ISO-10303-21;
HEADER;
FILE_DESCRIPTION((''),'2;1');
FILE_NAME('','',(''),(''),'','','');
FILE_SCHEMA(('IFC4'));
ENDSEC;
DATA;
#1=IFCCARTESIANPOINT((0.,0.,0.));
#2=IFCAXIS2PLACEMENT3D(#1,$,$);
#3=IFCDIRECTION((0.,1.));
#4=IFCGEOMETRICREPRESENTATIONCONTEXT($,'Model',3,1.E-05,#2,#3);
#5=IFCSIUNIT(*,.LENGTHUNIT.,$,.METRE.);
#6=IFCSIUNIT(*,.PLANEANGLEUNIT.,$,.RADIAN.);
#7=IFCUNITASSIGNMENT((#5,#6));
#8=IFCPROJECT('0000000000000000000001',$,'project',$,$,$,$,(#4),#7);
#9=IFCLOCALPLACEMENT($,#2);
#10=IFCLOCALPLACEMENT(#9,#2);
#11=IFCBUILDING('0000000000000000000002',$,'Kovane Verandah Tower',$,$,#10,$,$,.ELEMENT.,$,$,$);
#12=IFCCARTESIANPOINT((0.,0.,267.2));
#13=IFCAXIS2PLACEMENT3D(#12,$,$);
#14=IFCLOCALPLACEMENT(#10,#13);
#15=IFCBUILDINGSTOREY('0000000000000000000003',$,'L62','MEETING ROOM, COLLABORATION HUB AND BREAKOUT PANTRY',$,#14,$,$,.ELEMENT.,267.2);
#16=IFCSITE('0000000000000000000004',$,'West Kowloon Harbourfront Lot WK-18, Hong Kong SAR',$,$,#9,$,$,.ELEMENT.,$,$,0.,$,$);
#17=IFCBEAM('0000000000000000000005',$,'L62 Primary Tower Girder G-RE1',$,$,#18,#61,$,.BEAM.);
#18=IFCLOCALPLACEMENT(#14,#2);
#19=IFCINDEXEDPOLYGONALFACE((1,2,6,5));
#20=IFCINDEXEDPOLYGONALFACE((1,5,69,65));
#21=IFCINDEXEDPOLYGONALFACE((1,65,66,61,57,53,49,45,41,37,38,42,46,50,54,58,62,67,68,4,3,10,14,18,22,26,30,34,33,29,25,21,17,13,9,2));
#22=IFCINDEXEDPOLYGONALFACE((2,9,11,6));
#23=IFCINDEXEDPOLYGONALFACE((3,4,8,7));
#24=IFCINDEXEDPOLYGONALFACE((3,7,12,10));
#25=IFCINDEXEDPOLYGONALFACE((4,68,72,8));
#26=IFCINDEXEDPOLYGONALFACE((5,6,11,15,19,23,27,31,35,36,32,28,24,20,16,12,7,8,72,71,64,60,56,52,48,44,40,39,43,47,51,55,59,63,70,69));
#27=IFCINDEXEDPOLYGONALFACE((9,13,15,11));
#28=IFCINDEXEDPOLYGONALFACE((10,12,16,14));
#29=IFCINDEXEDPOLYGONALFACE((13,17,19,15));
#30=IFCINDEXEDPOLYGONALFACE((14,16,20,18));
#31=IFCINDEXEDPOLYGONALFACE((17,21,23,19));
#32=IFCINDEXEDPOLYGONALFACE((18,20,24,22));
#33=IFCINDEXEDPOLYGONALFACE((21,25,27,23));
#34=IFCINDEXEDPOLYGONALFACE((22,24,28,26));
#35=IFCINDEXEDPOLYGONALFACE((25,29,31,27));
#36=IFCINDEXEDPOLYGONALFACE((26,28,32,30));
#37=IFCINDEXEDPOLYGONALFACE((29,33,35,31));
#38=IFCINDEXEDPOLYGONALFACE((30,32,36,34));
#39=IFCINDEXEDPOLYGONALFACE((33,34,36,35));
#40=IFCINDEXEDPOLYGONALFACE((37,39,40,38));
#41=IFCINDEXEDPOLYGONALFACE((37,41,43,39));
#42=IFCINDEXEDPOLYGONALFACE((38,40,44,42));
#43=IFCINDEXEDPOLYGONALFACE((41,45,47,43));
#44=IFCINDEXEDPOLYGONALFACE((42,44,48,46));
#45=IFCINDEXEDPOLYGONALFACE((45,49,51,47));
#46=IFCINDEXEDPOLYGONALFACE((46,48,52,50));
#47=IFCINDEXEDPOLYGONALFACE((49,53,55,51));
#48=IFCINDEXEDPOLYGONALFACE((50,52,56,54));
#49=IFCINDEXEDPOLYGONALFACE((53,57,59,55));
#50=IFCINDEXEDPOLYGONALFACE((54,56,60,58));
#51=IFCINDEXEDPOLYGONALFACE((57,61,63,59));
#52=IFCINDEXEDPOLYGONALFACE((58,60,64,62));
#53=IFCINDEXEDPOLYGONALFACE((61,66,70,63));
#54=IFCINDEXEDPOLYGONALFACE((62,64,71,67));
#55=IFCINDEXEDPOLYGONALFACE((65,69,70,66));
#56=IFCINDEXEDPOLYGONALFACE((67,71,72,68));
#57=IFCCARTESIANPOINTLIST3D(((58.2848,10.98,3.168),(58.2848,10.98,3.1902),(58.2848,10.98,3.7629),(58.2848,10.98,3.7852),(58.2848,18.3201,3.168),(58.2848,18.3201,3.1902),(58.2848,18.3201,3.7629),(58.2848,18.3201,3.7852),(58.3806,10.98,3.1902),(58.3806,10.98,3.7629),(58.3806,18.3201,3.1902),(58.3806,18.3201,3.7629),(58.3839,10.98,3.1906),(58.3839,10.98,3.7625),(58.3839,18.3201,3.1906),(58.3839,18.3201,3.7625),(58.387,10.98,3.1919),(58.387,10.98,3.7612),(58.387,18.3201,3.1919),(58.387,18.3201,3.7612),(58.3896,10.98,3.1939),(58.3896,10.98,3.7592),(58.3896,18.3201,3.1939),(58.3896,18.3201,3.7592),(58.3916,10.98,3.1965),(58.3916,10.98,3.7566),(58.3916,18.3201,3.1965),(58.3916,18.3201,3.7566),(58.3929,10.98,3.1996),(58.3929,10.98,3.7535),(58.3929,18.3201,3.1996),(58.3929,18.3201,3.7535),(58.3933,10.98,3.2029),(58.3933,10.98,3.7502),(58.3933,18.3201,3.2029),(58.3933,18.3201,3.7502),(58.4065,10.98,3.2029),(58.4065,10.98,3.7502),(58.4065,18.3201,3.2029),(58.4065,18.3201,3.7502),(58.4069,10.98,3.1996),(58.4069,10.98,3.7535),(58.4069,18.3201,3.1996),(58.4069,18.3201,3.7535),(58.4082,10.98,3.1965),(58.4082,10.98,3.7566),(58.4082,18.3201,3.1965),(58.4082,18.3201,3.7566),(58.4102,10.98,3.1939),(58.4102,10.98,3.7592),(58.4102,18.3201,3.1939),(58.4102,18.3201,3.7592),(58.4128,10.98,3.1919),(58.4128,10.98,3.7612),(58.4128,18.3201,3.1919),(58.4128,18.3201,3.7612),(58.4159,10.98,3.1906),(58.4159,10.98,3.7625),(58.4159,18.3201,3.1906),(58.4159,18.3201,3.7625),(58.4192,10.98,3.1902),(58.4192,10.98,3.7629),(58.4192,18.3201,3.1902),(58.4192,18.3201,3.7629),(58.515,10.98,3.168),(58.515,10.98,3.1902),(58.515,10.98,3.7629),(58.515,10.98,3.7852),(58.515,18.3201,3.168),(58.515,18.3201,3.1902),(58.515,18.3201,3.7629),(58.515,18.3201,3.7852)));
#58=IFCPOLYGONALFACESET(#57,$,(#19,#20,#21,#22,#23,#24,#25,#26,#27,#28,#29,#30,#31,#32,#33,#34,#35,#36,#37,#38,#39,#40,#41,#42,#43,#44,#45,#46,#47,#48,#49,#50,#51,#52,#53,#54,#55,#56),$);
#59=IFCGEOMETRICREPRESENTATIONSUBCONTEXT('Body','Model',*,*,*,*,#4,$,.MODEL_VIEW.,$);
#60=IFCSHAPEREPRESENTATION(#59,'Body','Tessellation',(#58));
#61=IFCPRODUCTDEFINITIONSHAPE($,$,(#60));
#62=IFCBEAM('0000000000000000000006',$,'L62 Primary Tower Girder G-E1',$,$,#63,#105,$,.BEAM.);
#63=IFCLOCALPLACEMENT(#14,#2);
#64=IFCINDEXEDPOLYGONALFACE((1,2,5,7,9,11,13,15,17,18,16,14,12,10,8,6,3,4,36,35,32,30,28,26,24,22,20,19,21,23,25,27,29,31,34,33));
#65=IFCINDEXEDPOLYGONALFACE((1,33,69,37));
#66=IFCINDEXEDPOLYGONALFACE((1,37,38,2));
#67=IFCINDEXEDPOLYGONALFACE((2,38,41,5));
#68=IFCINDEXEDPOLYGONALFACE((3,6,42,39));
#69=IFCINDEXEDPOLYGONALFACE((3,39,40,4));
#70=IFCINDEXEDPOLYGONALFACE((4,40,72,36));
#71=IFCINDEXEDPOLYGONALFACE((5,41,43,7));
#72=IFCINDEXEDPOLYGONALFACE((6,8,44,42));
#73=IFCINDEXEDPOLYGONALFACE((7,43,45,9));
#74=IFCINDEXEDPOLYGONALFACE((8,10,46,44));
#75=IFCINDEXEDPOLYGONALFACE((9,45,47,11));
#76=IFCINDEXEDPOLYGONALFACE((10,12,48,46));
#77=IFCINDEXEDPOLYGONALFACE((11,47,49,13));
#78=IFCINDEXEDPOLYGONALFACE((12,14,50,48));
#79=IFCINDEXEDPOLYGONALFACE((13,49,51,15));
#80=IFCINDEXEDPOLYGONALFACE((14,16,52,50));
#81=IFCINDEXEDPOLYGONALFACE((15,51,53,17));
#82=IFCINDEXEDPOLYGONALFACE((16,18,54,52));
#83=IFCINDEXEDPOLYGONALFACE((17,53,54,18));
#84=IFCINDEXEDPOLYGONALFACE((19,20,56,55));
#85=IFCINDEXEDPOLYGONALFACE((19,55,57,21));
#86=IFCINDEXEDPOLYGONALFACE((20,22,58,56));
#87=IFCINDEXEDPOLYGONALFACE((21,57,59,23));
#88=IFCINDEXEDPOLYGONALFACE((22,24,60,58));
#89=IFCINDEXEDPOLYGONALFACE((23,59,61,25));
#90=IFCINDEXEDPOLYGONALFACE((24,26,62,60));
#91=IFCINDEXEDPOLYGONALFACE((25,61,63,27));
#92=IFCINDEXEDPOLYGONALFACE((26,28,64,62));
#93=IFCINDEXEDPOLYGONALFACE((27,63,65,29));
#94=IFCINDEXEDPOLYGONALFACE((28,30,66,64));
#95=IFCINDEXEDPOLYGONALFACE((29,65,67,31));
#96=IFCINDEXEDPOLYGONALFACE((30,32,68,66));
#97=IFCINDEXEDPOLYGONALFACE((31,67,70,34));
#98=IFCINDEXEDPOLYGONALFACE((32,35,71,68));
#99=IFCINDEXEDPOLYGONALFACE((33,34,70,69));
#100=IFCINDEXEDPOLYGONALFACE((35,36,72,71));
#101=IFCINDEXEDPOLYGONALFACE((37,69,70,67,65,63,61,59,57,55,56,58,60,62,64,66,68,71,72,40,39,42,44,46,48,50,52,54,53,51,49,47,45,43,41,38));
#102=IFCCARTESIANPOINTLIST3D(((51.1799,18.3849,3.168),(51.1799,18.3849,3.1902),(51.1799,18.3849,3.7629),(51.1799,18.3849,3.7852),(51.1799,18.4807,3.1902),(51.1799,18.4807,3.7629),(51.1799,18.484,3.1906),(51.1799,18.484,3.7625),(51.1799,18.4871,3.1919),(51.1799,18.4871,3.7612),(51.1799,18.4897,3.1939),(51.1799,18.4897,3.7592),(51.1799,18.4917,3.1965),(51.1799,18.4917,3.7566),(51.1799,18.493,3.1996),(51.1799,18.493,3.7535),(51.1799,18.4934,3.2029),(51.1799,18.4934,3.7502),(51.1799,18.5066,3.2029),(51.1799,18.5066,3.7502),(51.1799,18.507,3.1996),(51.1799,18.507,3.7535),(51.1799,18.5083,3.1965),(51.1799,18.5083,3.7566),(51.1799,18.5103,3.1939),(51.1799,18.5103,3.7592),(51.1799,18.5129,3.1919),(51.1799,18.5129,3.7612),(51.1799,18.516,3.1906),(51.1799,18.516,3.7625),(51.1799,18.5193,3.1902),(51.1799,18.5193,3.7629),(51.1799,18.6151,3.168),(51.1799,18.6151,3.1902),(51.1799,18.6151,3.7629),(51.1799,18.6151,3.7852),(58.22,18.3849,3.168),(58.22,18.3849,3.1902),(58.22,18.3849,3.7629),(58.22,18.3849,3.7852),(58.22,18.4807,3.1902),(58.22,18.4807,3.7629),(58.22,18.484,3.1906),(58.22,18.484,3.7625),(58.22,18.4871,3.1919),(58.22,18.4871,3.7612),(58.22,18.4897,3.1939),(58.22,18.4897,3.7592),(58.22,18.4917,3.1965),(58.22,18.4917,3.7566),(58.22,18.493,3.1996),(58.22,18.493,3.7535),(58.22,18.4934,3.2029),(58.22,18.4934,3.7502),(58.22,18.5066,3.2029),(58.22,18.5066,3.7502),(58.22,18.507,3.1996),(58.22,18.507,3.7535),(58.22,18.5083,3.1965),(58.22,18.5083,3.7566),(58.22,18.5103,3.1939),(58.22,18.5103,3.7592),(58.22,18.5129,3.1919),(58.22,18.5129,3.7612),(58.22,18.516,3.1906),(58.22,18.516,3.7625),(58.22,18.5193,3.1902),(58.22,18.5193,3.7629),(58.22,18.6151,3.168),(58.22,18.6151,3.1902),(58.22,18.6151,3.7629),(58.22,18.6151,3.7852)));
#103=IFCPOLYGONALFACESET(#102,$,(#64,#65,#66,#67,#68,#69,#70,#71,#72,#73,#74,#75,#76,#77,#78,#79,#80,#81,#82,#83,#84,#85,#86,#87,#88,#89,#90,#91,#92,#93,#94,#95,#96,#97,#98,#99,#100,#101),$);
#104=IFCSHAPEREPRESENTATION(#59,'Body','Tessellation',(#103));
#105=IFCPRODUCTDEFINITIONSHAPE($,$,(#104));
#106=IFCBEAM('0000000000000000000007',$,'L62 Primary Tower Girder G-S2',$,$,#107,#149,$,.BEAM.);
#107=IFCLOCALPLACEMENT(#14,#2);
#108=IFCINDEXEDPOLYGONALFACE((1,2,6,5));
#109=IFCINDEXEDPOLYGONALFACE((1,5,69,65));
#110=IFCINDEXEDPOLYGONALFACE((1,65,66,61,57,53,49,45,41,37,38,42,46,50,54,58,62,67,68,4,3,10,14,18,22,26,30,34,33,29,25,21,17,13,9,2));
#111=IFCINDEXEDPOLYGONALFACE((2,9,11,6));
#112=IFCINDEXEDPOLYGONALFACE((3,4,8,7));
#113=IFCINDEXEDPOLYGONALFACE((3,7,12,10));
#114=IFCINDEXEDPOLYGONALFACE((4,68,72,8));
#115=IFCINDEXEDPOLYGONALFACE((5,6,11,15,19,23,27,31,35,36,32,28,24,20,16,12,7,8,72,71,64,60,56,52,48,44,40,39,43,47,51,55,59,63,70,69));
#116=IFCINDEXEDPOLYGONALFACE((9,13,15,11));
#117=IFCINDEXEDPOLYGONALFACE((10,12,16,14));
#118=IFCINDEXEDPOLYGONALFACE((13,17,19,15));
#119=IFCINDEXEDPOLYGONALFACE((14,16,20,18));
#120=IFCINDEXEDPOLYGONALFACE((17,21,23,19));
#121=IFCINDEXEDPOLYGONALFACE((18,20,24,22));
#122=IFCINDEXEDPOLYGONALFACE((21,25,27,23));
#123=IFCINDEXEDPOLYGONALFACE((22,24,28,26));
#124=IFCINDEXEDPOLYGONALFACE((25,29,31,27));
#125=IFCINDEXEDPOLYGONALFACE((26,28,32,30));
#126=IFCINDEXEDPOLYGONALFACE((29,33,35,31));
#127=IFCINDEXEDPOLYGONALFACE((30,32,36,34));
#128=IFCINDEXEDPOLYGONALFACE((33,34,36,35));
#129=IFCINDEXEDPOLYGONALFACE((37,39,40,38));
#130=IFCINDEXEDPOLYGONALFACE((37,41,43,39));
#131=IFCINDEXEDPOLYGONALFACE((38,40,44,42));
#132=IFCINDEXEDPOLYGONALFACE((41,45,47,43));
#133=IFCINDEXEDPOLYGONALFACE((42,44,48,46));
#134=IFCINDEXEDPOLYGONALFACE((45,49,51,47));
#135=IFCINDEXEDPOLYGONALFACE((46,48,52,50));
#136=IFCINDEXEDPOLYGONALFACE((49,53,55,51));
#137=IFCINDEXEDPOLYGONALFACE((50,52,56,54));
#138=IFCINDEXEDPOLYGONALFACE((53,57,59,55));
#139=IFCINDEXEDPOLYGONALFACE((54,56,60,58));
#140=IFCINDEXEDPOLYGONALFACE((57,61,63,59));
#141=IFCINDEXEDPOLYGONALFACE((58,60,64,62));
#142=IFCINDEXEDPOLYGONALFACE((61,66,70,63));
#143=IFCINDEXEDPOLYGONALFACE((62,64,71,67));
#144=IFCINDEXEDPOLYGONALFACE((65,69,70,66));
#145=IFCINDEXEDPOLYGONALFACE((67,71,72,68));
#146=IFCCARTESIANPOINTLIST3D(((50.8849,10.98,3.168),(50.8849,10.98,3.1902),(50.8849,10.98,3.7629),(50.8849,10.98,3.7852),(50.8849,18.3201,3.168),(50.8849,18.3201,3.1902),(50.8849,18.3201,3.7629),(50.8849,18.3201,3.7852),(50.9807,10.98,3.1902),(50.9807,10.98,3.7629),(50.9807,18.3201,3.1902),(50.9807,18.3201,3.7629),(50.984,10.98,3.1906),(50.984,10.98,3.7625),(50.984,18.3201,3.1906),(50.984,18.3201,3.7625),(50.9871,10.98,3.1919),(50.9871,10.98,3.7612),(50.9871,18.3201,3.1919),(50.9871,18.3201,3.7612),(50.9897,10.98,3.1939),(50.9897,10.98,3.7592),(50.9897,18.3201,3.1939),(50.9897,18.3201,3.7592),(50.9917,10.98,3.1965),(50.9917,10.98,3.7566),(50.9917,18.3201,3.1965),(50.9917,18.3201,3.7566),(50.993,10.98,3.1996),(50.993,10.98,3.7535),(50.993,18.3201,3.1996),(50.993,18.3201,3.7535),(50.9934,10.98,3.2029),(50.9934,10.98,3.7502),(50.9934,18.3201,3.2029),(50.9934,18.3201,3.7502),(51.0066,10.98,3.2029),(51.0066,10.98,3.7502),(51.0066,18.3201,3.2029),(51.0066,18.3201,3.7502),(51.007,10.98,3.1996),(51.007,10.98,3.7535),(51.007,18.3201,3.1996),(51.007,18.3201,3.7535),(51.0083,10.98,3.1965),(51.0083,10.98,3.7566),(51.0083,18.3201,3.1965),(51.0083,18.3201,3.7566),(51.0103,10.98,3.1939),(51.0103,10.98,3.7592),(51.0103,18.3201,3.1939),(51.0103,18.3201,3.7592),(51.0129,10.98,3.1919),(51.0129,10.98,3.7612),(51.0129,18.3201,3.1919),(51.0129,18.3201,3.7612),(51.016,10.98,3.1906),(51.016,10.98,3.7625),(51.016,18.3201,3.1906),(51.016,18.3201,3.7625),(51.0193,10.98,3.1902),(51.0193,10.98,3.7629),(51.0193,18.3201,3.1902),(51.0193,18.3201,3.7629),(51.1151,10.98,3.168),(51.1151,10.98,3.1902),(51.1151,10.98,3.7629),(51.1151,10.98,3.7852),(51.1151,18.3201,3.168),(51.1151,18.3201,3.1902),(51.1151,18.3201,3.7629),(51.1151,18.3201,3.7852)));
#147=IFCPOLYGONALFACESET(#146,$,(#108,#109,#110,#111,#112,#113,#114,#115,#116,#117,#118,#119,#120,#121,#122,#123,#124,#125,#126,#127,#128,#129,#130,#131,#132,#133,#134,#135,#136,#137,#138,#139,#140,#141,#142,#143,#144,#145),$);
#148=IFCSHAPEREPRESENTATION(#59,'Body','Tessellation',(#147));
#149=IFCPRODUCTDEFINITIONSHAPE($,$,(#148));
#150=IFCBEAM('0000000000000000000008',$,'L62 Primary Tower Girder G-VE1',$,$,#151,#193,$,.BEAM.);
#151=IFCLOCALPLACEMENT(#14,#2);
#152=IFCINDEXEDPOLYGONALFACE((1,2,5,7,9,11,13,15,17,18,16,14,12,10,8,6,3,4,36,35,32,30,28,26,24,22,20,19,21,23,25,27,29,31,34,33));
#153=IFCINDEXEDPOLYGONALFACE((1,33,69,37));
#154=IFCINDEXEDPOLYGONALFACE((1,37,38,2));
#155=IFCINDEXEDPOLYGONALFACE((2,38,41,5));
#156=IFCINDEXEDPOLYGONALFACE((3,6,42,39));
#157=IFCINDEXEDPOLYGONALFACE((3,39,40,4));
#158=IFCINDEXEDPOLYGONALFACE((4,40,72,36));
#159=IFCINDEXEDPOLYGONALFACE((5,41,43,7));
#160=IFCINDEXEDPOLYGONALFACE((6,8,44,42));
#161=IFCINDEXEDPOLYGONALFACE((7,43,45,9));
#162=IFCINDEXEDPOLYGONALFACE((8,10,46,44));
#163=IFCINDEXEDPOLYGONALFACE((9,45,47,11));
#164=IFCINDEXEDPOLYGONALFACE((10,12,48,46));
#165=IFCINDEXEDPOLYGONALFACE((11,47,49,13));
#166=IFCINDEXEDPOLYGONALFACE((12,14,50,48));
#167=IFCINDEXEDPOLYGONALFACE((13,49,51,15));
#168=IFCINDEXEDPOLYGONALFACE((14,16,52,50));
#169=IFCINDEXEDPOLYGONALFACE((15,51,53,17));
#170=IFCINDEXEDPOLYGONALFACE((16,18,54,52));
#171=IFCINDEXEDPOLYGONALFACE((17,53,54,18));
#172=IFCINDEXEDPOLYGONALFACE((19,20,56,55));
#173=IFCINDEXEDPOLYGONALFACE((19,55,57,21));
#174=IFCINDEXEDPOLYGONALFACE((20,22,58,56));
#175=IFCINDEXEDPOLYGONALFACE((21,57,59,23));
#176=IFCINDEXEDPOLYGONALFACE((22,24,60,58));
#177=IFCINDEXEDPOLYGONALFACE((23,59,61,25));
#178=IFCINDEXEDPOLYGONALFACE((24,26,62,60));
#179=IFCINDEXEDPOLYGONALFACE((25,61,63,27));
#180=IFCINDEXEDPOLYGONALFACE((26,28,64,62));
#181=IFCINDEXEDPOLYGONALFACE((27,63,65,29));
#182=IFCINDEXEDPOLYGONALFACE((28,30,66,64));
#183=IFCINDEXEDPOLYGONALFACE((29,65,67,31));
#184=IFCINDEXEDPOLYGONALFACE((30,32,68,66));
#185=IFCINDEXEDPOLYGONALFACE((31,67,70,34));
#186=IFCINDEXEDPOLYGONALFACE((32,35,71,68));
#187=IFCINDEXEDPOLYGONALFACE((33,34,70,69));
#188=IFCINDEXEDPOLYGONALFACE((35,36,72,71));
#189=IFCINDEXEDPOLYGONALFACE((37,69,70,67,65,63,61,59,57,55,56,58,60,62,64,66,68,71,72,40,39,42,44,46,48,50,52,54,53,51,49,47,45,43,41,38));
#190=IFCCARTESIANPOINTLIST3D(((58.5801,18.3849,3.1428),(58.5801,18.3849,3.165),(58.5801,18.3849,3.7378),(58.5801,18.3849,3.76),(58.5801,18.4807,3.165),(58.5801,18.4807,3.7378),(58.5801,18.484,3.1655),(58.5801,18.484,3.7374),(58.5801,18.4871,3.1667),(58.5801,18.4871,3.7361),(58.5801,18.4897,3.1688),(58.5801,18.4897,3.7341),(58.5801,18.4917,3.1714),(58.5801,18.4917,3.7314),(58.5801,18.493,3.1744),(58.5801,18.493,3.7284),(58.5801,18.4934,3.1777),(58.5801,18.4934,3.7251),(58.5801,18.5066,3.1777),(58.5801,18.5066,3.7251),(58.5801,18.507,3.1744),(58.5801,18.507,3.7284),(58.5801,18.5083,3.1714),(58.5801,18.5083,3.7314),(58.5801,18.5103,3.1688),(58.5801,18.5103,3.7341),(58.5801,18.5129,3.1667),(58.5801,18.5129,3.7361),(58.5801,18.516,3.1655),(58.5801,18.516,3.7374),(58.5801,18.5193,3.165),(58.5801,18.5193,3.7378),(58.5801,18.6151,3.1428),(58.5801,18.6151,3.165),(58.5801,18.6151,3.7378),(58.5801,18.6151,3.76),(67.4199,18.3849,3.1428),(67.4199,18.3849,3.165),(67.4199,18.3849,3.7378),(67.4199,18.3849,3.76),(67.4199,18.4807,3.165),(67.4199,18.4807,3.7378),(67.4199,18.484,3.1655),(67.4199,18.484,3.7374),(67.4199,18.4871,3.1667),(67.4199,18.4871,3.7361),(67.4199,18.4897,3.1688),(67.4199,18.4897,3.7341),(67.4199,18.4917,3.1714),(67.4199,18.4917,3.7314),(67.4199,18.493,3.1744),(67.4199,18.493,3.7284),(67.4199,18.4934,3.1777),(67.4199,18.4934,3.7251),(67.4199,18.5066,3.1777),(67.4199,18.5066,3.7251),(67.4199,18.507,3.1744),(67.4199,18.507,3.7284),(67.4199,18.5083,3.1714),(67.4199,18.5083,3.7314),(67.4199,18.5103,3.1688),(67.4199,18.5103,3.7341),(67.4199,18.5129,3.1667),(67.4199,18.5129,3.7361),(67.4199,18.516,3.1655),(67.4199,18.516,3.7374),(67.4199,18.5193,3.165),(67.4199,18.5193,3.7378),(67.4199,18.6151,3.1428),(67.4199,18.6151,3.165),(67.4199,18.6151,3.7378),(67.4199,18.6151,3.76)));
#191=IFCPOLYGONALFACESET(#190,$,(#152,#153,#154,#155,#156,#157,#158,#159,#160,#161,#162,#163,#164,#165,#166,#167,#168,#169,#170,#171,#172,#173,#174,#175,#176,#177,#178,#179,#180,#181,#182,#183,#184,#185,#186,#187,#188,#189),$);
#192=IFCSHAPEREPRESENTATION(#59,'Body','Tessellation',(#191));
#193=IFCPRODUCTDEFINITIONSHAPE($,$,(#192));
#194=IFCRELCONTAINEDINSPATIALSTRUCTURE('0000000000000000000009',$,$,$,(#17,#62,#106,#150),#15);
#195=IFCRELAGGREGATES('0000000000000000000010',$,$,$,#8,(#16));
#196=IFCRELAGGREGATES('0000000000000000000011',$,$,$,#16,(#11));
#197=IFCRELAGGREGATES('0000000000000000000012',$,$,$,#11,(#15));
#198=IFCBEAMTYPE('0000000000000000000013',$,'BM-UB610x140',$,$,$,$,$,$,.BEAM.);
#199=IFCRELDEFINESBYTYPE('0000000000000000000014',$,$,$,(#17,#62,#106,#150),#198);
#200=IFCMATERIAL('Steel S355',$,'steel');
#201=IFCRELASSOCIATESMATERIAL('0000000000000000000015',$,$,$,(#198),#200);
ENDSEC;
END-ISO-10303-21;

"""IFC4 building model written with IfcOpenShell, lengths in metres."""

from ifc_helpers import new_model, si_unit, direction, frame, origin, origin_2d, place, context, subcontext, project, spatial, i_section, extrude, material, material_profile, profile_set, type_object, element, save


model = new_model("IFC4")

# Units and contexts
model_context = context("Model", 3, precision=1e-05, world=origin(), true_north=direction((0.0, 1.0)))
body_context = subcontext(model_context, "Body", "Model", "MODEL_VIEW")
ifc_project = project(units=[si_unit("LENGTHUNIT", "METRE"), si_unit("PLANEANGLEUNIT", "RADIAN")], contexts=[model_context])

# Site, building, storey
site_placement = place(None, origin())
site = spatial("IfcSite", under=ifc_project, at=site_placement, Name="West Kowloon Harbourfront Lot WK-18, Hong Kong SAR", CompositionType="ELEMENT", RefElevation=0.0)
building_placement = place(site_placement, origin())
building = spatial("IfcBuilding", under=site, at=building_placement, Name="Kovane Verandah Tower", CompositionType="ELEMENT")
storey_placement = place(building_placement, frame((0.0, 0.0, 267.2)))
storey = spatial("IfcBuildingStorey", under=building, at=storey_placement, Name="L62", Description="MEETING ROOM, COLLABORATION HUB AND BREAKOUT PANTRY", CompositionType="ELEMENT", Elevation=267.2)

# Beams
ifc_material_1 = material(Name="Steel S355", Category="steel")
ifc_material_profile_1 = material_profile(ifc_material_1, i_section(OverallWidth=0.2302, OverallDepth=0.6172, WebThickness=0.0132, FlangeThickness=0.0222, FilletRadius=0.0127, at=origin_2d()), Name="UB610x229x140")
ifc_profile_set_1 = profile_set([ifc_material_profile_1], Name="Steel S355")
beam_type_1 = type_object("IfcBeamType", Name="BM-UB610x140", PredefinedType="BEAM", material=ifc_profile_set_1)
beam_1_placement = place(storey_placement, frame((58.3999, 10.98, 3.4766), z_axis=(0.0, 1.0, 0.0), x_axis=(-1.0, 0.0, 0.0)))
element("IfcBeam", 1, at=beam_1_placement, inside=storey, type_object=beam_type_1, Name="L62 Primary Tower Girder G-RE1", PredefinedType="BEAM", context=body_context, shape_type="SweptSolid", body=[
    extrude(i_section(OverallWidth=0.2302, OverallDepth=0.6172, WebThickness=0.0132, FlangeThickness=0.0222, FilletRadius=0.0127, at=origin_2d()), origin(), (0.0, 0.0, 1.0), 7.3401),
])
beam_2_placement = place(storey_placement, frame((51.1799, 18.5, 3.4766), z_axis=(1.0, 0.0, 0.0), x_axis=(0.0, 1.0, 0.0)))
element("IfcBeam", 2, at=beam_2_placement, inside=storey, type_object=beam_type_1, Name="L62 Primary Tower Girder G-E1", PredefinedType="BEAM", context=body_context, shape_type="SweptSolid", body=[
    extrude(i_section(OverallWidth=0.2302, OverallDepth=0.6172, WebThickness=0.0132, FlangeThickness=0.0222, FilletRadius=0.0127, at=origin_2d()), origin(), (0.0, 0.0, 1.0), 7.04),
])
beam_3_placement = place(storey_placement, frame((51.0, 18.3201, 3.4766), z_axis=(0.0, -1.0, 0.0), x_axis=(1.0, 0.0, 0.0)))
element("IfcBeam", 3, at=beam_3_placement, inside=storey, type_object=beam_type_1, Name="L62 Primary Tower Girder G-S2", PredefinedType="BEAM", context=body_context, shape_type="SweptSolid", body=[
    extrude(i_section(OverallWidth=0.2302, OverallDepth=0.6172, WebThickness=0.0132, FlangeThickness=0.0222, FilletRadius=0.0127, at=origin_2d()), origin(), (0.0, 0.0, 1.0), 7.3401),
])
beam_4_placement = place(storey_placement, frame((58.5801, 18.5, 3.4514), z_axis=(1.0, 0.0, 0.0), x_axis=(0.0, 1.0, 0.0)))
element("IfcBeam", 4, at=beam_4_placement, inside=storey, type_object=beam_type_1, Name="L62 Primary Tower Girder G-VE1", PredefinedType="BEAM", context=body_context, shape_type="SweptSolid", body=[
    extrude(i_section(OverallWidth=0.2302, OverallDepth=0.6172, WebThickness=0.0132, FlangeThickness=0.0222, FilletRadius=0.0127, at=origin_2d()), origin(), (0.0, 0.0, 1.0), 8.8398),
])

save(model, "model.ifc")
